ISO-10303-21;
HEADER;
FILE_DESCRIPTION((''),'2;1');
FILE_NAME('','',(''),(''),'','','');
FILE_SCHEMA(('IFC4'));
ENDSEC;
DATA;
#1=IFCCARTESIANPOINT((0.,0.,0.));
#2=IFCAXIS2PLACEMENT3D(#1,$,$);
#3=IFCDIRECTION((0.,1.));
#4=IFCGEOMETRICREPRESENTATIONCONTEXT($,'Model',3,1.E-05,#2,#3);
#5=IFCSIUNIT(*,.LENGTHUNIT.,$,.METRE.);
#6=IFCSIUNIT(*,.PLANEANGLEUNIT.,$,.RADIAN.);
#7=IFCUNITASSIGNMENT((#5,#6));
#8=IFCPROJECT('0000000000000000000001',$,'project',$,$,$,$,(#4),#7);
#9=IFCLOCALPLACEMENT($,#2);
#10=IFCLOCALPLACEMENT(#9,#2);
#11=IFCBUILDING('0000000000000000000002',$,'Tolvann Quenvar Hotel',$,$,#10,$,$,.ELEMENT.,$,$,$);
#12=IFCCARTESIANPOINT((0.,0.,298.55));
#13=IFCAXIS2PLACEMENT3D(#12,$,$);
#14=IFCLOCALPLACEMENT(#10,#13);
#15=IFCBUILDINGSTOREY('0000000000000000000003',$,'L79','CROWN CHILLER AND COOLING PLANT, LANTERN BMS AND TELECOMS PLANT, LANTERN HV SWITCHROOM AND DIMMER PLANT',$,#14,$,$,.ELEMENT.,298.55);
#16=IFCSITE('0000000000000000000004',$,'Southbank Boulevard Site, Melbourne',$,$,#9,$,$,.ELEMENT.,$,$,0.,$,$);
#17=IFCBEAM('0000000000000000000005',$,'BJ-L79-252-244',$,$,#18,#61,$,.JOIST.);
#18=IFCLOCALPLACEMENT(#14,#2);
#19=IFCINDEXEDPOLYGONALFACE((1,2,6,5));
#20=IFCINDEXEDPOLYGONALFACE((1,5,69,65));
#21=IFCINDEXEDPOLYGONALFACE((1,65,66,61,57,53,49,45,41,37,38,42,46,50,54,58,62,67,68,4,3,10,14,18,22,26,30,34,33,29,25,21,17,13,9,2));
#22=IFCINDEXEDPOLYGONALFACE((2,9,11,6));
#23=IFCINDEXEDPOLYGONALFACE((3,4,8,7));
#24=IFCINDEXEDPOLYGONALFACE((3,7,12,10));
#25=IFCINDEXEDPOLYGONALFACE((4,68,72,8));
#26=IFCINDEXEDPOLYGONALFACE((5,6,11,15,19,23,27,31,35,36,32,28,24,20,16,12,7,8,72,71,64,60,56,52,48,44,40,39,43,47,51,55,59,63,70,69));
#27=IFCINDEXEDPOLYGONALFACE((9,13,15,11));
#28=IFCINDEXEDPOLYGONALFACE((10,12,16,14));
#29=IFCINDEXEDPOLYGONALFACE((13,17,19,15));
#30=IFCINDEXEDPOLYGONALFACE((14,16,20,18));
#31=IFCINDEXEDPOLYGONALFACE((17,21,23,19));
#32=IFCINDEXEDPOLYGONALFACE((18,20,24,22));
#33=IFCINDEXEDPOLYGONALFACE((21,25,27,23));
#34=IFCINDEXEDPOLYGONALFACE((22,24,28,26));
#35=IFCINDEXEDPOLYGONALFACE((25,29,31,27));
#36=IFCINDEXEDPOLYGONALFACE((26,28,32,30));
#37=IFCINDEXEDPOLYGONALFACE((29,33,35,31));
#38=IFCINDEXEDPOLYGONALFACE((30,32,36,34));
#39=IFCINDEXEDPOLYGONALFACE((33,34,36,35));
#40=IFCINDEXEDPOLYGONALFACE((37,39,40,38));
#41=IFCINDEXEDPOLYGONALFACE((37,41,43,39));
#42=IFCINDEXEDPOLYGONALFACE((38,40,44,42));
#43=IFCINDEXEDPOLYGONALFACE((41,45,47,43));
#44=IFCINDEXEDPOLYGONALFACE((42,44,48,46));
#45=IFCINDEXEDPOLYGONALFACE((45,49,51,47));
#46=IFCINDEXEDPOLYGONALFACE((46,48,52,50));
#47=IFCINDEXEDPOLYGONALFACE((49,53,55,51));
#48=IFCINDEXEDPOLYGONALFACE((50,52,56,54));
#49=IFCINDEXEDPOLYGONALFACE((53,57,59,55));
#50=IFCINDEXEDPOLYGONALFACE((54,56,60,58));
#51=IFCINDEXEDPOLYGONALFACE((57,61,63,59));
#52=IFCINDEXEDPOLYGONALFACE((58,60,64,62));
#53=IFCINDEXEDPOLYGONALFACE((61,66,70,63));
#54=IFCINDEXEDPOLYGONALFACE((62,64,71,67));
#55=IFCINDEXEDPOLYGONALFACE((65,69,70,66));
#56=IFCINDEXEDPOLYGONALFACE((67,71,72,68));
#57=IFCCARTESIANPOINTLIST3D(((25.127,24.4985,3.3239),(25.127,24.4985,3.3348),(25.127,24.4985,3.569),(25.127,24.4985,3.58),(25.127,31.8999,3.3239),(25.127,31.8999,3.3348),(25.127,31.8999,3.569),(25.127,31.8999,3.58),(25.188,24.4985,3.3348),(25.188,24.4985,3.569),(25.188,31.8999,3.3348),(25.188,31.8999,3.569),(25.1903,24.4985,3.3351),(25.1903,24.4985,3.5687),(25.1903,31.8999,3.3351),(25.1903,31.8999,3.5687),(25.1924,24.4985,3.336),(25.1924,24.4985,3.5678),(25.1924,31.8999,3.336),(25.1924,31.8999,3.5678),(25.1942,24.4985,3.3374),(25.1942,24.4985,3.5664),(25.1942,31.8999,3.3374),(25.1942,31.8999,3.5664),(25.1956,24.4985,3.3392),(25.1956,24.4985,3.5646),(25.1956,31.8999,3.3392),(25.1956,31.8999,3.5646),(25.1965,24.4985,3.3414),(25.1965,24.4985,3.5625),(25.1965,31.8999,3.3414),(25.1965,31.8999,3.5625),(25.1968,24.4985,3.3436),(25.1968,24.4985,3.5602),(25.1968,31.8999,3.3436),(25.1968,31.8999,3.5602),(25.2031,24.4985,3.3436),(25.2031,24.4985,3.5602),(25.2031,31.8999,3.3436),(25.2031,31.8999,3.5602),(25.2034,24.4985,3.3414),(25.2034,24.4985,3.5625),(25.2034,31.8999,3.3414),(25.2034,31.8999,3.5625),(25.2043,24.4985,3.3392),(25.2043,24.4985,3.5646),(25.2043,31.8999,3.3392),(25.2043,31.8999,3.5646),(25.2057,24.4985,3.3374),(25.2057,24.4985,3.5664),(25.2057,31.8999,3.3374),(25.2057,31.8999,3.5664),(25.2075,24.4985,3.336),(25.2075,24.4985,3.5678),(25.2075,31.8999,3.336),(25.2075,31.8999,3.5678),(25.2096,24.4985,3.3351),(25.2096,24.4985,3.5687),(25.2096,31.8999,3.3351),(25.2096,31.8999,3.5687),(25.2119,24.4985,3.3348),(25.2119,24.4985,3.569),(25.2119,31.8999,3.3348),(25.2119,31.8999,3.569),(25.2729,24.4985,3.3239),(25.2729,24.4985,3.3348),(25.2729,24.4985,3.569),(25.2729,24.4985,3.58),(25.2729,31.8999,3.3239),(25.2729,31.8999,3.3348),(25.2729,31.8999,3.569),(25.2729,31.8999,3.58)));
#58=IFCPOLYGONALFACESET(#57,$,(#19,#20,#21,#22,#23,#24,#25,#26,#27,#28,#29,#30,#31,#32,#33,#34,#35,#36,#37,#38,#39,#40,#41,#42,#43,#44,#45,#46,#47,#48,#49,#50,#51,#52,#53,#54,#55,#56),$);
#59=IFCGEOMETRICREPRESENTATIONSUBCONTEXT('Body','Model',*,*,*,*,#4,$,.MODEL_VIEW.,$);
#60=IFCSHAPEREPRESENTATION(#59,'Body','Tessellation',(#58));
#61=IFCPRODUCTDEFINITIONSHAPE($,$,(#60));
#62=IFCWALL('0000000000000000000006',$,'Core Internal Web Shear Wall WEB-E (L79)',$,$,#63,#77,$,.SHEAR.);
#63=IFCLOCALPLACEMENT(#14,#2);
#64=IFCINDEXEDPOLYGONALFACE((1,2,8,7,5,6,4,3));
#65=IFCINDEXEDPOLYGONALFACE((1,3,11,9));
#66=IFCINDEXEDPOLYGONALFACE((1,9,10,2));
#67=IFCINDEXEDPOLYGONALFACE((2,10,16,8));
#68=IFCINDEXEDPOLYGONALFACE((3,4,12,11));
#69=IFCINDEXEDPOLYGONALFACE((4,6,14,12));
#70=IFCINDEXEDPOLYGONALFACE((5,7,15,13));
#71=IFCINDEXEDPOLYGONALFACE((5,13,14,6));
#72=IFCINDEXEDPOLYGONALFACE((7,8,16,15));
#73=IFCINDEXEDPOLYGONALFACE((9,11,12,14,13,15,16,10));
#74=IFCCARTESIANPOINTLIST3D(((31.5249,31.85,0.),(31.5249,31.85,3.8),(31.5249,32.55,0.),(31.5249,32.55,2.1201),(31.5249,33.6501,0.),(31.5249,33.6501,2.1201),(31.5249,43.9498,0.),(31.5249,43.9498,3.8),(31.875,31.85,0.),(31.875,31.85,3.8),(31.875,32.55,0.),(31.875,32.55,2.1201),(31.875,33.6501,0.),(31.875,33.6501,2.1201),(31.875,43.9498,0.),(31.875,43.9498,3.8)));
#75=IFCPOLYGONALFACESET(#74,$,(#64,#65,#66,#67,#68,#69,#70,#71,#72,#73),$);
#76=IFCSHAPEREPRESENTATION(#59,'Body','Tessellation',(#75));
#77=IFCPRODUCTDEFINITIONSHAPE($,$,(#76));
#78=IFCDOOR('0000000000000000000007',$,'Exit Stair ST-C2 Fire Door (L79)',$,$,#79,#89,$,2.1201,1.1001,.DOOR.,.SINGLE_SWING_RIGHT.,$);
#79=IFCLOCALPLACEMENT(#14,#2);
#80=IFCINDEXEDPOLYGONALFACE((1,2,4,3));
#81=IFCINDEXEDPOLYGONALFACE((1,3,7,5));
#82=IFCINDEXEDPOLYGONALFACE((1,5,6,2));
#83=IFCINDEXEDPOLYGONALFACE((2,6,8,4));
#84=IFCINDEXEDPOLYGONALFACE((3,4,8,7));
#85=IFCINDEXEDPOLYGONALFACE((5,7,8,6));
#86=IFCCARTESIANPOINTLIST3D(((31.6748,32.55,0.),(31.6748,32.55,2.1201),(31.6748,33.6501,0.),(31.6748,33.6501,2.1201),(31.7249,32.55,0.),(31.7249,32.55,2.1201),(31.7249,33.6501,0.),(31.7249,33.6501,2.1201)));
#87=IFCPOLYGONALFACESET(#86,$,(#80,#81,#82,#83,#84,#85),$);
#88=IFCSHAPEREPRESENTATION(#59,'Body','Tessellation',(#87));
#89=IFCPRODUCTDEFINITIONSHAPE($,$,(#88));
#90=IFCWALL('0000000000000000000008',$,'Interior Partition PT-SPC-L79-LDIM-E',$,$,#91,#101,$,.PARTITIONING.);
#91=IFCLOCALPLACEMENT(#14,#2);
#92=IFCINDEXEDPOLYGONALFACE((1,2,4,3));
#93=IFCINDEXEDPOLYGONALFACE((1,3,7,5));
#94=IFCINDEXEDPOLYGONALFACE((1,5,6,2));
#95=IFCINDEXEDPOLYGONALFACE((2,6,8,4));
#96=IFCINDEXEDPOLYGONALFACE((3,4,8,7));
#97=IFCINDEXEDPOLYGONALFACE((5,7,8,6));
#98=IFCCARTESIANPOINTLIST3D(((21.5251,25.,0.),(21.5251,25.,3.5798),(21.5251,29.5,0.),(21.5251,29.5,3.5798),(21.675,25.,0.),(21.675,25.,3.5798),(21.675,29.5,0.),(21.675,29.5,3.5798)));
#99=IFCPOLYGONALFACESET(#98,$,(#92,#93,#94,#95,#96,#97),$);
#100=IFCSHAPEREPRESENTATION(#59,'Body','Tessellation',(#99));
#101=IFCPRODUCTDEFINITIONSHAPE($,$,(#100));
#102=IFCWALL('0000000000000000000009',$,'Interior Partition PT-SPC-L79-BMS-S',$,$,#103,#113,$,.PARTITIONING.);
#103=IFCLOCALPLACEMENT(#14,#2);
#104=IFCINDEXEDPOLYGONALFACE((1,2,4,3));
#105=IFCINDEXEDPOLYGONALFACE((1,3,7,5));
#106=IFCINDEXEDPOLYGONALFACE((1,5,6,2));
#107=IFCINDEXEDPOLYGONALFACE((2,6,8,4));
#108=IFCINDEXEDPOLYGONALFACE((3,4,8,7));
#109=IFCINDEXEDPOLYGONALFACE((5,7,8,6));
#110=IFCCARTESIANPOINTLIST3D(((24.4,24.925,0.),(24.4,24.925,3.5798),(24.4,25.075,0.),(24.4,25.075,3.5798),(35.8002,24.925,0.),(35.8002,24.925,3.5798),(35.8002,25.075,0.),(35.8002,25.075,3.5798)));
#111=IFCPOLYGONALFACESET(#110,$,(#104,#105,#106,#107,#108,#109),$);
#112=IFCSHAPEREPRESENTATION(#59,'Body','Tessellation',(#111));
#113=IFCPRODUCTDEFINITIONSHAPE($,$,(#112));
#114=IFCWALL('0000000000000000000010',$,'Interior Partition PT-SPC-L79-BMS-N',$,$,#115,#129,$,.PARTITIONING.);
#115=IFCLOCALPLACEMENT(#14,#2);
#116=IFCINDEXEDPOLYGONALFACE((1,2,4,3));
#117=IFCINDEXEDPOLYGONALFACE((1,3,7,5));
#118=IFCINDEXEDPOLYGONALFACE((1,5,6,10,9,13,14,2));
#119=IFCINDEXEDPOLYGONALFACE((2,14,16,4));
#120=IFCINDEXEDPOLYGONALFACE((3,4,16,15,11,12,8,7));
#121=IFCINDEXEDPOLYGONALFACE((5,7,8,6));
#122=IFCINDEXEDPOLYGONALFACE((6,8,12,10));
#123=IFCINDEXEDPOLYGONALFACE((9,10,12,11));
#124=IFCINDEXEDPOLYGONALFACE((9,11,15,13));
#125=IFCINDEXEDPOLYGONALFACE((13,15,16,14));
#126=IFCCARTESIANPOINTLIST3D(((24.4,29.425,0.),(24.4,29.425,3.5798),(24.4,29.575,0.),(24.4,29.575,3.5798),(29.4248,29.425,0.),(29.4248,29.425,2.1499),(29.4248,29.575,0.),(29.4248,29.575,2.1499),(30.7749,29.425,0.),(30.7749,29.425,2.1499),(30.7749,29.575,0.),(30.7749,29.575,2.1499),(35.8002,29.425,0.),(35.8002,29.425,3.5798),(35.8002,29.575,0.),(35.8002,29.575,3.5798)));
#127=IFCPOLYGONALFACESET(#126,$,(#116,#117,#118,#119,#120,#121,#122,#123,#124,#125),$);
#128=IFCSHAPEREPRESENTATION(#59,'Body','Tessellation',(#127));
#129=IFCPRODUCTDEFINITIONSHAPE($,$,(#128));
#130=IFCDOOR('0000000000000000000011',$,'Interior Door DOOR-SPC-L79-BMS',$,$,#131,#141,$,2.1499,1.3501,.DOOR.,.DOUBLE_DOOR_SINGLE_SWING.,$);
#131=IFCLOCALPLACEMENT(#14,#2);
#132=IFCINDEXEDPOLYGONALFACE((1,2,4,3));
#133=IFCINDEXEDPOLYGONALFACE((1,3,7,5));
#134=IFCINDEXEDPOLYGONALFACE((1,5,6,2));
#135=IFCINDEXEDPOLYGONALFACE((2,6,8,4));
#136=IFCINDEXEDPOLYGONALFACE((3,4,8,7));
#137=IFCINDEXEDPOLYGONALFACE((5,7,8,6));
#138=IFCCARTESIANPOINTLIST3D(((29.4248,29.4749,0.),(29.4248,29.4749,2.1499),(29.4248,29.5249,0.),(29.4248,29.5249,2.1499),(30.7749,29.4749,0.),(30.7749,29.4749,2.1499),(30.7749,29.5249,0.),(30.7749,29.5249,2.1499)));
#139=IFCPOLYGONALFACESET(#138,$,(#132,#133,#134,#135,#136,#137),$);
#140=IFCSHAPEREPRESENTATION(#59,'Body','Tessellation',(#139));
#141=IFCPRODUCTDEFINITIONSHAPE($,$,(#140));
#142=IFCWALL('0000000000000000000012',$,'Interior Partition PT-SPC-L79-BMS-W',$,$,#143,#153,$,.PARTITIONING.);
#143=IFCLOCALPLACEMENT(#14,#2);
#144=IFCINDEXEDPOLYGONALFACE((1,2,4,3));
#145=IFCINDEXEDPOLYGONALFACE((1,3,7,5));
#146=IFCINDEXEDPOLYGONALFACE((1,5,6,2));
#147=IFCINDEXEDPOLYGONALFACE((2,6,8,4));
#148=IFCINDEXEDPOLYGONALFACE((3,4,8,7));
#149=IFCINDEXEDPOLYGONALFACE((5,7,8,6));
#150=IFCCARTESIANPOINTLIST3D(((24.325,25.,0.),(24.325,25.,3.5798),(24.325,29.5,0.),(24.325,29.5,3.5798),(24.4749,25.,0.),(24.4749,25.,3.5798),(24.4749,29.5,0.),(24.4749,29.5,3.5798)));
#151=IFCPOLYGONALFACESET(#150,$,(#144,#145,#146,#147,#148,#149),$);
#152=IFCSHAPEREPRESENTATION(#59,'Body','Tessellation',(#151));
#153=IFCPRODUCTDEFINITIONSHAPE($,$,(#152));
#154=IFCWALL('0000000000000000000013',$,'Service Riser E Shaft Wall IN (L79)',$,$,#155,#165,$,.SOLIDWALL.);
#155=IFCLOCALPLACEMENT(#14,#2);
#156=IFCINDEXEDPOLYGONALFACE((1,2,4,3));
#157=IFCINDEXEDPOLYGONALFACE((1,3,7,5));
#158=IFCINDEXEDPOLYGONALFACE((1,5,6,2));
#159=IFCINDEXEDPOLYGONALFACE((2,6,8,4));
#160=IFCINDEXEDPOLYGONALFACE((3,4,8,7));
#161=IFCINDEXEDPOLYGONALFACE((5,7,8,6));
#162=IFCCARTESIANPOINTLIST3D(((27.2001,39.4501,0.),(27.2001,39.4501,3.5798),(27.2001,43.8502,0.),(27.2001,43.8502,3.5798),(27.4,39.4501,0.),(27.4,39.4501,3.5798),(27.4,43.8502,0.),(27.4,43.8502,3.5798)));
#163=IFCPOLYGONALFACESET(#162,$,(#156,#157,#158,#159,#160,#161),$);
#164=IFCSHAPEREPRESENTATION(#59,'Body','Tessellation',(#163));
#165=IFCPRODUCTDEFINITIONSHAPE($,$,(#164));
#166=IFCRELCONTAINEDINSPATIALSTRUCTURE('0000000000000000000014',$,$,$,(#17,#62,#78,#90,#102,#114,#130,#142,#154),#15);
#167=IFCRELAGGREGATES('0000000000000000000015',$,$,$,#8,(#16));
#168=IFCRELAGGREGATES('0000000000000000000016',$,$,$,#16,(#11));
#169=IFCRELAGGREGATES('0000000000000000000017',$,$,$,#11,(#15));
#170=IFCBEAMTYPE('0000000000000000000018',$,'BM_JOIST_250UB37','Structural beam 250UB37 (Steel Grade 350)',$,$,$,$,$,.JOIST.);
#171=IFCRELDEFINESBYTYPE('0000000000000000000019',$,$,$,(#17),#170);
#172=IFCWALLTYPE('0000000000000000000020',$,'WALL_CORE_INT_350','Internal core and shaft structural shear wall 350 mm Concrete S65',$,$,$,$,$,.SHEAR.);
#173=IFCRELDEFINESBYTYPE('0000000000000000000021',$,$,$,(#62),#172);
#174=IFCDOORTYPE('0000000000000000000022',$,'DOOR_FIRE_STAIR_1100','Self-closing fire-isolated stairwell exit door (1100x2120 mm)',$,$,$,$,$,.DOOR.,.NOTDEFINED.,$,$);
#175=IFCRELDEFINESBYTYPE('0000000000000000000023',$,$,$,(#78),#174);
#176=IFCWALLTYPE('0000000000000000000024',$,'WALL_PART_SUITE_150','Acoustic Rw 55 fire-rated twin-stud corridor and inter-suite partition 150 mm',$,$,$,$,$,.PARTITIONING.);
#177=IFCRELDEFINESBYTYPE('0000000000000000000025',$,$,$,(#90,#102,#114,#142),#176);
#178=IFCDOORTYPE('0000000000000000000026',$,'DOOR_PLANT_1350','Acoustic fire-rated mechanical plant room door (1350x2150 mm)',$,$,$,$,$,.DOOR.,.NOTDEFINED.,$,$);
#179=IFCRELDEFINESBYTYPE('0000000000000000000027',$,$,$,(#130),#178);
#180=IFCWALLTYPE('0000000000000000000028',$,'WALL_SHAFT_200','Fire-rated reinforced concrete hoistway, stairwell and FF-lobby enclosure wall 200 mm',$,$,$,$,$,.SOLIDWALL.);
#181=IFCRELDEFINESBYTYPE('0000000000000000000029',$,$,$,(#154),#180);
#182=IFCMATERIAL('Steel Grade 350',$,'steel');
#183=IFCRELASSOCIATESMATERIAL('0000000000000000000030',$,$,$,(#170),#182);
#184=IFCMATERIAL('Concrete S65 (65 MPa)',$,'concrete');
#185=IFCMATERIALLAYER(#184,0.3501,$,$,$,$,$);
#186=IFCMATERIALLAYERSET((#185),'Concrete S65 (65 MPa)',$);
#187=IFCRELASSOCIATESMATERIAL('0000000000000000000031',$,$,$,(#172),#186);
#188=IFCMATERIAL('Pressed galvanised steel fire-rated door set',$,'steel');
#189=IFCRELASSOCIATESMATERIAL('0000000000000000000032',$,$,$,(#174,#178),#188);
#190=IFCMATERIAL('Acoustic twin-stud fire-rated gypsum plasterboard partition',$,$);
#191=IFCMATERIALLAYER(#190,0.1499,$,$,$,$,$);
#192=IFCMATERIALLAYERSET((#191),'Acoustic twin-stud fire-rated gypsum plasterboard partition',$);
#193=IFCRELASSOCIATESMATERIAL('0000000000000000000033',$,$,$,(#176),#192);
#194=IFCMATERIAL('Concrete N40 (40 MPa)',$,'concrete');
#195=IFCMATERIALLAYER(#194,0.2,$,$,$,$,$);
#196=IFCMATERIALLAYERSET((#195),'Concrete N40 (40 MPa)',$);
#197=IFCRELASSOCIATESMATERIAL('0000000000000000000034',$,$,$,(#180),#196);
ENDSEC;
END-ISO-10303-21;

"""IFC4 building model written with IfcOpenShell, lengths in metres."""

from ifc_helpers import new_model, si_unit, direction, frame, frame_2d, origin, origin_2d, place, context, subcontext, project, spatial, rectangle, i_section, extrude, source, transform, mapped, material, layer, layer_set, material_profile, profile_set, type_object, type_shapes, element, fill, save


model = new_model("IFC4")

# Units and contexts
model_context = context("Model", 3, precision=1e-05, world=origin(), true_north=direction((0.0, 1.0)))
body_context = subcontext(model_context, "Body", "Model", "MODEL_VIEW")
ifc_project = project(units=[si_unit("LENGTHUNIT", "METRE"), si_unit("PLANEANGLEUNIT", "RADIAN")], contexts=[model_context])

# Site, building, storey
site_placement = place(None, origin())
site = spatial("IfcSite", under=ifc_project, at=site_placement, Name="Southbank Boulevard Site, Melbourne", CompositionType="ELEMENT", RefElevation=0.0)
building_placement = place(site_placement, origin())
building = spatial("IfcBuilding", under=site, at=building_placement, Name="Tolvann Quenvar Hotel", CompositionType="ELEMENT")
storey_placement = place(building_placement, frame((0.0, 0.0, 298.55)))
storey = spatial("IfcBuildingStorey", under=building, at=storey_placement, Name="L79", Description="CROWN CHILLER AND COOLING PLANT, LANTERN BMS AND TELECOMS PLANT, LANTERN HV SWITCHROOM AND DIMMER PLANT", CompositionType="ELEMENT", Elevation=298.55)

# Beam
ifc_material_1 = material(Name="Steel Grade 350", Category="steel")
ifc_material_profile_1 = material_profile(ifc_material_1, i_section(OverallWidth=0.146, OverallDepth=0.2561, WebThickness=0.0063, FlangeThickness=0.011, FilletRadius=0.0088, at=origin_2d()), Name="250UB37")
ifc_profile_set_1 = profile_set([ifc_material_profile_1], Name="Steel Grade 350")
beam_type_1 = type_object("IfcBeamType", Name="BM_JOIST_250UB37", Description="Structural beam 250UB37 (Steel Grade 350)", PredefinedType="JOIST", material=ifc_profile_set_1)
shared_shape_1 = source(origin(), body_context, "Body", "SweptSolid", [
    extrude(i_section(OverallWidth=0.146, OverallDepth=0.2561, WebThickness=0.0063, FlangeThickness=0.011, FilletRadius=0.0088, at=origin_2d()), origin(), (0.0, 0.0, 1.0), 7.4014),
])
type_shapes(beam_type_1, [shared_shape_1])
beam_1_placement = place(storey_placement, frame((25.2, 24.4985, 3.4519), z_axis=(0.0, 1.0, 0.0), x_axis=(-1.0, 0.0, 0.0)))
element("IfcBeam", 1, at=beam_1_placement, inside=storey, type_object=beam_type_1, Name="BJ-L79-252-244", PredefinedType="JOIST", context=body_context, shape_type="MappedRepresentation", body=[
    mapped(shared_shape_1, transform((0.0, 0.0, 0.0), x_axis=(1.0, 0.0, 0.0), y_axis=(0.0, 1.0, 0.0), z_axis=(0.0, 0.0, 1.0), scale=1.0)),
])

# Wall, opening, door
ifc_material_2 = material(Name="Concrete S65 (65 MPa)", Category="concrete")
ifc_layer_1 = layer(ifc_material_2, 0.3501)
ifc_layer_set_1 = layer_set([ifc_layer_1], Name="Concrete S65 (65 MPa)")
wall_type_1 = type_object("IfcWallType", Name="WALL_CORE_INT_350", Description="Internal core and shaft structural shear wall 350 mm Concrete S65", PredefinedType="SHEAR", material=ifc_layer_set_1)
wall_1_placement = place(storey_placement, frame((31.7, 31.8501, 0.0), z_axis=(0.0, 0.0, 1.0), x_axis=(0.0, 1.0, 0.0)))
wall_1 = element("IfcWall", 2, at=wall_1_placement, inside=storey, type_object=wall_type_1, Name="Core Internal Web Shear Wall WEB-E (L79)", PredefinedType="SHEAR", context=body_context, shape_type="SweptSolid", body=[
    extrude(rectangle(XDim=12.0999, YDim=0.3501, at=frame_2d((6.0498, 0.0))), origin(), (0.0, 0.0, 1.0), 3.8),
])
opening_1_placement = place(wall_1_placement, frame((1.8, 0.0, 0.0), z_axis=(0.0, 0.0, 1.0), x_axis=(-1.0, 0.0, 0.0)))
opening_1 = element("IfcOpeningElement", 3, at=opening_1_placement, cuts=wall_1, PredefinedType="OPENING", context=body_context, shape_type="SweptSolid", body=[
    extrude(rectangle(XDim=1.1001, YDim=2.1201, at=frame_2d((0.55, 1.0601))), frame((0.0, 0.1851, 0.0), z_axis=(0.0, -1.0, 0.0), x_axis=(1.0, 0.0, 0.0)), (0.0, 0.0, 1.0), 0.3701),
])
ifc_material_3 = material(Name="Pressed galvanised steel fire-rated door set", Category="steel")
door_type_1 = type_object("IfcDoorType", Name="DOOR_FIRE_STAIR_1100", Description="Self-closing fire-isolated stairwell exit door (1100x2120 mm)", OperationType="NOTDEFINED", PredefinedType="DOOR", material=ifc_material_3)
shared_shape_2 = source(origin(), body_context, "Body", "SweptSolid", [
    extrude(rectangle(XDim=1.1001, YDim=2.1201, at=frame_2d((0.55, 1.0601))), frame((0.0, 0.0249, 0.0), z_axis=(0.0, -1.0, 0.0), x_axis=(1.0, 0.0, 0.0)), (0.0, 0.0, 1.0), 0.05),
])
type_shapes(door_type_1, [shared_shape_2])
door_1_placement = place(opening_1_placement, origin())
door_1 = element("IfcDoor", 4, at=door_1_placement, inside=storey, type_object=door_type_1, Name="Exit Stair ST-C2 Fire Door (L79)", OperationType="SINGLE_SWING_RIGHT", OverallHeight=2.1201, OverallWidth=1.1001, PredefinedType="DOOR", context=body_context, shape_type="MappedRepresentation", body=[
    mapped(shared_shape_2, transform((0.0, 0.0, 0.0), x_axis=(1.0, 0.0, 0.0), y_axis=(0.0, 1.0, 0.0), z_axis=(0.0, 0.0, 1.0), scale=1.0)),
])
fill(opening_1, door_1)

# Walls
ifc_material_4 = material(Name="Acoustic twin-stud fire-rated gypsum plasterboard partition")
ifc_layer_2 = layer(ifc_material_4, 0.1499)
ifc_layer_set_2 = layer_set([ifc_layer_2], Name="Acoustic twin-stud fire-rated gypsum plasterboard partition")
wall_type_2 = type_object("IfcWallType", Name="WALL_PART_SUITE_150", Description="Acoustic Rw 55 fire-rated twin-stud corridor and inter-suite partition 150 mm", PredefinedType="PARTITIONING", material=ifc_layer_set_2)
wall_2_placement = place(storey_placement, frame((21.6001, 25.0, 0.0), z_axis=(0.0, 0.0, 1.0), x_axis=(0.0, 1.0, 0.0)))
element("IfcWall", 5, at=wall_2_placement, inside=storey, type_object=wall_type_2, Name="Interior Partition PT-SPC-L79-LDIM-E", PredefinedType="PARTITIONING", context=body_context, shape_type="SweptSolid", body=[
    extrude(rectangle(XDim=4.5, YDim=0.1499, at=frame_2d((2.25, 0.0))), origin(), (0.0, 0.0, 1.0), 3.5798),
])
wall_3_placement = place(storey_placement, frame((24.3999, 25.0, 0.0), z_axis=(0.0, 0.0, 1.0), x_axis=(1.0, 0.0, 0.0)))
element("IfcWall", 6, at=wall_3_placement, inside=storey, type_object=wall_type_2, Name="Interior Partition PT-SPC-L79-BMS-S", PredefinedType="PARTITIONING", context=body_context, shape_type="SweptSolid", body=[
    extrude(rectangle(XDim=11.4001, YDim=0.1499, at=frame_2d((5.7002, 0.0))), origin(), (0.0, 0.0, 1.0), 3.5798),
])

# Wall, opening, door
wall_4_placement = place(storey_placement, frame((24.3999, 29.5, 0.0), z_axis=(0.0, 0.0, 1.0), x_axis=(1.0, 0.0, 0.0)))
wall_4 = element("IfcWall", 7, at=wall_4_placement, inside=storey, type_object=wall_type_2, Name="Interior Partition PT-SPC-L79-BMS-N", PredefinedType="PARTITIONING", context=body_context, shape_type="SweptSolid", body=[
    extrude(rectangle(XDim=11.4001, YDim=0.1499, at=frame_2d((5.7002, 0.0))), origin(), (0.0, 0.0, 1.0), 3.5798),
])
opening_2_placement = place(wall_4_placement, frame((5.0249, 0.0, 0.0)))
opening_2 = element("IfcOpeningElement", 8, at=opening_2_placement, cuts=wall_4, PredefinedType="OPENING", context=body_context, shape_type="SweptSolid", body=[
    extrude(rectangle(XDim=1.3501, YDim=2.1499, at=frame_2d((0.675, 1.075))), frame((0.0, 0.085, 0.0), z_axis=(0.0, -1.0, 0.0), x_axis=(1.0, 0.0, 0.0)), (0.0, 0.0, 1.0), 0.1699),
])
door_type_2 = type_object("IfcDoorType", Name="DOOR_PLANT_1350", Description="Acoustic fire-rated mechanical plant room door (1350x2150 mm)", OperationType="NOTDEFINED", PredefinedType="DOOR", material=ifc_material_3)
shared_shape_3 = source(origin(), body_context, "Body", "SweptSolid", [
    extrude(rectangle(XDim=1.3501, YDim=2.1499, at=frame_2d((0.675, 1.075))), frame((0.0, 0.0249, 0.0), z_axis=(0.0, -1.0, 0.0), x_axis=(1.0, 0.0, 0.0)), (0.0, 0.0, 1.0), 0.05),
])
type_shapes(door_type_2, [shared_shape_3])
door_2_placement = place(opening_2_placement, origin())
door_2 = element("IfcDoor", 9, at=door_2_placement, inside=storey, type_object=door_type_2, Name="Interior Door DOOR-SPC-L79-BMS", OperationType="DOUBLE_DOOR_SINGLE_SWING", OverallHeight=2.1499, OverallWidth=1.3501, PredefinedType="DOOR", context=body_context, shape_type="MappedRepresentation", body=[
    mapped(shared_shape_3, transform((0.0, 0.0, 0.0), x_axis=(1.0, 0.0, 0.0), y_axis=(0.0, 1.0, 0.0), z_axis=(0.0, 0.0, 1.0), scale=1.0)),
])
fill(opening_2, door_2)

# Walls
wall_5_placement = place(storey_placement, frame((24.3999, 25.0, 0.0), z_axis=(0.0, 0.0, 1.0), x_axis=(0.0, 1.0, 0.0)))
element("IfcWall", 10, at=wall_5_placement, inside=storey, type_object=wall_type_2, Name="Interior Partition PT-SPC-L79-BMS-W", PredefinedType="PARTITIONING", context=body_context, shape_type="SweptSolid", body=[
    extrude(rectangle(XDim=4.5, YDim=0.1499, at=frame_2d((2.25, 0.0))), origin(), (0.0, 0.0, 1.0), 3.5798),
])
ifc_material_5 = material(Name="Concrete N40 (40 MPa)", Category="concrete")
ifc_layer_3 = layer(ifc_material_5, 0.2)
ifc_layer_set_3 = layer_set([ifc_layer_3], Name="Concrete N40 (40 MPa)")
wall_type_3 = type_object("IfcWallType", Name="WALL_SHAFT_200", Description="Fire-rated reinforced concrete hoistway, stairwell and FF-lobby enclosure wall 200 mm", PredefinedType="SOLIDWALL", material=ifc_layer_set_3)
wall_6_placement = place(storey_placement, frame((27.3, 39.45, 0.0), z_axis=(0.0, 0.0, 1.0), x_axis=(0.0, 1.0, 0.0)))
element("IfcWall", 11, at=wall_6_placement, inside=storey, type_object=wall_type_3, Name="Service Riser E Shaft Wall IN (L79)", PredefinedType="SOLIDWALL", context=body_context, shape_type="SweptSolid", body=[
    extrude(rectangle(XDim=4.4001, YDim=0.2, at=frame_2d((2.2002, 0.0))), origin(), (0.0, 0.0, 1.0), 3.5798),
])

save(model, "model.ifc")
